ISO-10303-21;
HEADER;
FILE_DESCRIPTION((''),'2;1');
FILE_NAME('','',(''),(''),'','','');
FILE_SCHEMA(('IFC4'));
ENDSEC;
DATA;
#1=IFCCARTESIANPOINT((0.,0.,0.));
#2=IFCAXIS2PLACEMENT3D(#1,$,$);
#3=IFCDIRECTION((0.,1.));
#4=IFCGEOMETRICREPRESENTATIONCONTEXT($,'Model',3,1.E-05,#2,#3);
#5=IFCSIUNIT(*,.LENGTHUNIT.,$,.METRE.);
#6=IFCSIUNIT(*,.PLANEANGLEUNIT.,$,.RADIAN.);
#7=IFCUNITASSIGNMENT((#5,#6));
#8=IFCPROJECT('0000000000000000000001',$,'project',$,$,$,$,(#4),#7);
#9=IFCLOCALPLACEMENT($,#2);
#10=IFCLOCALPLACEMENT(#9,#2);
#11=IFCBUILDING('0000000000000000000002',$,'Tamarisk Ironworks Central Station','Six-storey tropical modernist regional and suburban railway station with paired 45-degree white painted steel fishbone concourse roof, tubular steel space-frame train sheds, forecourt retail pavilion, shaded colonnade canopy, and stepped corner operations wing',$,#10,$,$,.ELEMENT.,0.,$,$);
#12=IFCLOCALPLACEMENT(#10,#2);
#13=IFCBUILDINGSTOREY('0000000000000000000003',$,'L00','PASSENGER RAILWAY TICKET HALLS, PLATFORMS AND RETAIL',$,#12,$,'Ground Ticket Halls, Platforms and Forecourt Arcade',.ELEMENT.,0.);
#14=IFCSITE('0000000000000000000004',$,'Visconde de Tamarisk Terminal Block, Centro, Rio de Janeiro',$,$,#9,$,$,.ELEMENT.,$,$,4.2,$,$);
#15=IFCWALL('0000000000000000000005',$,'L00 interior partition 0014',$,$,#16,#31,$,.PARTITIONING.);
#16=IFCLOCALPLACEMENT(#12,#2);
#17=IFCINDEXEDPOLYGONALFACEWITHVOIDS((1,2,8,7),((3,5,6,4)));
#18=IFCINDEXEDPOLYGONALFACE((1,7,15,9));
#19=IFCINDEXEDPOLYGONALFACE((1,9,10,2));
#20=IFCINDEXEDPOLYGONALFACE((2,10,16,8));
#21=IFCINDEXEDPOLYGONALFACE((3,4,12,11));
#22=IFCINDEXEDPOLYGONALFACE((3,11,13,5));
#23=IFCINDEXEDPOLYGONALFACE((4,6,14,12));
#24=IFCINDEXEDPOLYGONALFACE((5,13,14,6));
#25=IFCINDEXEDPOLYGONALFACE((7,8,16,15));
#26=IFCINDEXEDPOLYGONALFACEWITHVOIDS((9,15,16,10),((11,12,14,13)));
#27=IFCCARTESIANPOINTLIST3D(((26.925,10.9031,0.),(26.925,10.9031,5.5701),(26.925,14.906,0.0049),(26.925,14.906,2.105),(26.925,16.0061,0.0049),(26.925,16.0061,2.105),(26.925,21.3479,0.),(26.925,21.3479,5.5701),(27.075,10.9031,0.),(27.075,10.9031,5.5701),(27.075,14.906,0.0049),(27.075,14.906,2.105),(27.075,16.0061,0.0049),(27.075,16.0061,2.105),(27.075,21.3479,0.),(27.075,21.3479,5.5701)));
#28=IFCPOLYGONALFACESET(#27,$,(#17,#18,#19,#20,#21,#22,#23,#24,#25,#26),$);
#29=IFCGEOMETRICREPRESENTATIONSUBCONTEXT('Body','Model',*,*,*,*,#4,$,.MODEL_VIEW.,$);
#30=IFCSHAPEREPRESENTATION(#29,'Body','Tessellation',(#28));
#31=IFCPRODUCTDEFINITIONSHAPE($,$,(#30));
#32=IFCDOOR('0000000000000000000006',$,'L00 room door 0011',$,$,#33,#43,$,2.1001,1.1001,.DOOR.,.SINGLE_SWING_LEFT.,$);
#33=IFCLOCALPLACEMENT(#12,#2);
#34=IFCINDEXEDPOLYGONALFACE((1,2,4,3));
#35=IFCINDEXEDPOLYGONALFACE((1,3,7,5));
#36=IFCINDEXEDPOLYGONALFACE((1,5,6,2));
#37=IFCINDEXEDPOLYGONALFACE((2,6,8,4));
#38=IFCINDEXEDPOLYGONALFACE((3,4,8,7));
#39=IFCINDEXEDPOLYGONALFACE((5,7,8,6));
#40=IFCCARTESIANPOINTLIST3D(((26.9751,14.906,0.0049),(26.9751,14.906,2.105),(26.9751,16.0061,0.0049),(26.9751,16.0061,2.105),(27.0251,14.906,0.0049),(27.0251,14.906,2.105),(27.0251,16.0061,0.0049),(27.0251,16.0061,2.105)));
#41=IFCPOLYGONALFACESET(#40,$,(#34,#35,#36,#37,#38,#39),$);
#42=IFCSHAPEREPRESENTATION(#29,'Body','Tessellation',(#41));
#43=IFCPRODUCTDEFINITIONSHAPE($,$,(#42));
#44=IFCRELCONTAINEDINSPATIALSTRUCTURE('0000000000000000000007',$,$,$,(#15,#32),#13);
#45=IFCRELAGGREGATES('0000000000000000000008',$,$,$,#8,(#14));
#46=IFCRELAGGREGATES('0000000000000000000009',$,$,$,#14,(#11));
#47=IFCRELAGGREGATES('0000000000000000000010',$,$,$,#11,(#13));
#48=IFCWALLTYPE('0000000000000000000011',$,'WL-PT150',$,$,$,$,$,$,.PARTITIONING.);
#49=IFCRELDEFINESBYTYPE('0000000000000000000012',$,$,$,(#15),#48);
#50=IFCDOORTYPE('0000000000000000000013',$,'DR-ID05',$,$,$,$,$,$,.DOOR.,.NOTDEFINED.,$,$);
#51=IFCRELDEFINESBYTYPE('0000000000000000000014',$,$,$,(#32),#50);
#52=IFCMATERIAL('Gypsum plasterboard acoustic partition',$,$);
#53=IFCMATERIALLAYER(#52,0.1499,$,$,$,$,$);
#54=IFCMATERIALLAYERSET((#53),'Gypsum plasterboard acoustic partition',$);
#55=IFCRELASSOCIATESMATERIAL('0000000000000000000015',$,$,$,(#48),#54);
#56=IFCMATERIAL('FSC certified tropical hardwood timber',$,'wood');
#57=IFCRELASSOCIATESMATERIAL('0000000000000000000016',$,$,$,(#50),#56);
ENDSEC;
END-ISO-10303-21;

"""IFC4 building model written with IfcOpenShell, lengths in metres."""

from ifc_helpers import new_model, si_unit, direction, frame, frame_2d, origin, place, context, subcontext, project, spatial, rectangle, extrude, material, layer, layer_set, type_object, element, fill, save


model = new_model("IFC4")

# Units and contexts
model_context = context("Model", 3, precision=1e-05, world=origin(), true_north=direction((0.0, 1.0)))
body_context = subcontext(model_context, "Body", "Model", "MODEL_VIEW")
ifc_project = project(units=[si_unit("LENGTHUNIT", "METRE"), si_unit("PLANEANGLEUNIT", "RADIAN")], contexts=[model_context])

# Site, building, storey
site_placement = place(None, origin())
site = spatial("IfcSite", under=ifc_project, at=site_placement, Name="Visconde de Tamarisk Terminal Block, Centro, Rio de Janeiro", CompositionType="ELEMENT", RefElevation=4.2)
building_placement = place(site_placement, origin())
building = spatial("IfcBuilding", under=site, at=building_placement, Name="Tamarisk Ironworks Central Station", Description="Six-storey tropical modernist regional and suburban railway station with paired 45-degree white painted steel fishbone concourse roof, tubular steel space-frame train sheds, forecourt retail pavilion, shaded colonnade canopy, and stepped corner operations wing", CompositionType="ELEMENT", ElevationOfRefHeight=0.0)
storey_placement = place(building_placement, origin())
storey = spatial("IfcBuildingStorey", under=building, at=storey_placement, Name="L00", Description="PASSENGER RAILWAY TICKET HALLS, PLATFORMS AND RETAIL", LongName="Ground Ticket Halls, Platforms and Forecourt Arcade", CompositionType="ELEMENT", Elevation=0.0)

# Wall, opening, door
ifc_material_1 = material(Name="Gypsum plasterboard acoustic partition")
ifc_layer_1 = layer(ifc_material_1, 0.1499)
ifc_layer_set_1 = layer_set([ifc_layer_1], Name="Gypsum plasterboard acoustic partition")
wall_type_1 = type_object("IfcWallType", Name="WL-PT150", PredefinedType="PARTITIONING", material=ifc_layer_set_1)
wall_1_placement = place(storey_placement, frame((27.0, 10.9031, 0.0), z_axis=(0.0, 0.0, 1.0), x_axis=(0.0, 1.0, 0.0)))
wall_1 = element("IfcWall", 1, at=wall_1_placement, inside=storey, type_object=wall_type_1, Name="L00 interior partition 0014", PredefinedType="PARTITIONING", context=body_context, shape_type="SweptSolid", body=[
    extrude(rectangle(XDim=10.4448, YDim=0.1499, at=frame_2d((5.2224, 0.0))), origin(), (0.0, 0.0, 1.0), 5.5701),
])
opening_1_placement = place(wall_1_placement, frame((4.0029, 0.0, 0.0049)))
opening_1 = element("IfcOpeningElement", 2, at=opening_1_placement, cuts=wall_1, PredefinedType="OPENING", context=body_context, shape_type="SweptSolid", body=[
    extrude(rectangle(XDim=1.1001, YDim=2.1001, at=frame_2d((0.55, 1.05))), frame((0.0, 0.0869, 0.0), z_axis=(0.0, -1.0, 0.0), x_axis=(1.0, 0.0, 0.0)), (0.0, 0.0, 1.0), 0.1738),
])
ifc_material_2 = material(Name="FSC certified tropical hardwood timber", Category="wood")
door_type_1 = type_object("IfcDoorType", Name="DR-ID05", OperationType="NOTDEFINED", PredefinedType="DOOR", material=ifc_material_2)
door_1_placement = place(opening_1_placement, origin())
door_1 = element("IfcDoor", 3, at=door_1_placement, inside=storey, type_object=door_type_1, Name="L00 room door 0011", OperationType="SINGLE_SWING_LEFT", OverallHeight=2.1001, OverallWidth=1.1001, PredefinedType="DOOR", context=body_context, shape_type="SweptSolid", body=[
    extrude(rectangle(XDim=1.1001, YDim=2.1001, at=frame_2d((0.55, 1.05))), frame((0.0, 0.0249, 0.0), z_axis=(0.0, -1.0, 0.0), x_axis=(1.0, 0.0, 0.0)), (0.0, 0.0, 1.0), 0.05),
])
fill(opening_1, door_1)

save(model, "model.ifc")
